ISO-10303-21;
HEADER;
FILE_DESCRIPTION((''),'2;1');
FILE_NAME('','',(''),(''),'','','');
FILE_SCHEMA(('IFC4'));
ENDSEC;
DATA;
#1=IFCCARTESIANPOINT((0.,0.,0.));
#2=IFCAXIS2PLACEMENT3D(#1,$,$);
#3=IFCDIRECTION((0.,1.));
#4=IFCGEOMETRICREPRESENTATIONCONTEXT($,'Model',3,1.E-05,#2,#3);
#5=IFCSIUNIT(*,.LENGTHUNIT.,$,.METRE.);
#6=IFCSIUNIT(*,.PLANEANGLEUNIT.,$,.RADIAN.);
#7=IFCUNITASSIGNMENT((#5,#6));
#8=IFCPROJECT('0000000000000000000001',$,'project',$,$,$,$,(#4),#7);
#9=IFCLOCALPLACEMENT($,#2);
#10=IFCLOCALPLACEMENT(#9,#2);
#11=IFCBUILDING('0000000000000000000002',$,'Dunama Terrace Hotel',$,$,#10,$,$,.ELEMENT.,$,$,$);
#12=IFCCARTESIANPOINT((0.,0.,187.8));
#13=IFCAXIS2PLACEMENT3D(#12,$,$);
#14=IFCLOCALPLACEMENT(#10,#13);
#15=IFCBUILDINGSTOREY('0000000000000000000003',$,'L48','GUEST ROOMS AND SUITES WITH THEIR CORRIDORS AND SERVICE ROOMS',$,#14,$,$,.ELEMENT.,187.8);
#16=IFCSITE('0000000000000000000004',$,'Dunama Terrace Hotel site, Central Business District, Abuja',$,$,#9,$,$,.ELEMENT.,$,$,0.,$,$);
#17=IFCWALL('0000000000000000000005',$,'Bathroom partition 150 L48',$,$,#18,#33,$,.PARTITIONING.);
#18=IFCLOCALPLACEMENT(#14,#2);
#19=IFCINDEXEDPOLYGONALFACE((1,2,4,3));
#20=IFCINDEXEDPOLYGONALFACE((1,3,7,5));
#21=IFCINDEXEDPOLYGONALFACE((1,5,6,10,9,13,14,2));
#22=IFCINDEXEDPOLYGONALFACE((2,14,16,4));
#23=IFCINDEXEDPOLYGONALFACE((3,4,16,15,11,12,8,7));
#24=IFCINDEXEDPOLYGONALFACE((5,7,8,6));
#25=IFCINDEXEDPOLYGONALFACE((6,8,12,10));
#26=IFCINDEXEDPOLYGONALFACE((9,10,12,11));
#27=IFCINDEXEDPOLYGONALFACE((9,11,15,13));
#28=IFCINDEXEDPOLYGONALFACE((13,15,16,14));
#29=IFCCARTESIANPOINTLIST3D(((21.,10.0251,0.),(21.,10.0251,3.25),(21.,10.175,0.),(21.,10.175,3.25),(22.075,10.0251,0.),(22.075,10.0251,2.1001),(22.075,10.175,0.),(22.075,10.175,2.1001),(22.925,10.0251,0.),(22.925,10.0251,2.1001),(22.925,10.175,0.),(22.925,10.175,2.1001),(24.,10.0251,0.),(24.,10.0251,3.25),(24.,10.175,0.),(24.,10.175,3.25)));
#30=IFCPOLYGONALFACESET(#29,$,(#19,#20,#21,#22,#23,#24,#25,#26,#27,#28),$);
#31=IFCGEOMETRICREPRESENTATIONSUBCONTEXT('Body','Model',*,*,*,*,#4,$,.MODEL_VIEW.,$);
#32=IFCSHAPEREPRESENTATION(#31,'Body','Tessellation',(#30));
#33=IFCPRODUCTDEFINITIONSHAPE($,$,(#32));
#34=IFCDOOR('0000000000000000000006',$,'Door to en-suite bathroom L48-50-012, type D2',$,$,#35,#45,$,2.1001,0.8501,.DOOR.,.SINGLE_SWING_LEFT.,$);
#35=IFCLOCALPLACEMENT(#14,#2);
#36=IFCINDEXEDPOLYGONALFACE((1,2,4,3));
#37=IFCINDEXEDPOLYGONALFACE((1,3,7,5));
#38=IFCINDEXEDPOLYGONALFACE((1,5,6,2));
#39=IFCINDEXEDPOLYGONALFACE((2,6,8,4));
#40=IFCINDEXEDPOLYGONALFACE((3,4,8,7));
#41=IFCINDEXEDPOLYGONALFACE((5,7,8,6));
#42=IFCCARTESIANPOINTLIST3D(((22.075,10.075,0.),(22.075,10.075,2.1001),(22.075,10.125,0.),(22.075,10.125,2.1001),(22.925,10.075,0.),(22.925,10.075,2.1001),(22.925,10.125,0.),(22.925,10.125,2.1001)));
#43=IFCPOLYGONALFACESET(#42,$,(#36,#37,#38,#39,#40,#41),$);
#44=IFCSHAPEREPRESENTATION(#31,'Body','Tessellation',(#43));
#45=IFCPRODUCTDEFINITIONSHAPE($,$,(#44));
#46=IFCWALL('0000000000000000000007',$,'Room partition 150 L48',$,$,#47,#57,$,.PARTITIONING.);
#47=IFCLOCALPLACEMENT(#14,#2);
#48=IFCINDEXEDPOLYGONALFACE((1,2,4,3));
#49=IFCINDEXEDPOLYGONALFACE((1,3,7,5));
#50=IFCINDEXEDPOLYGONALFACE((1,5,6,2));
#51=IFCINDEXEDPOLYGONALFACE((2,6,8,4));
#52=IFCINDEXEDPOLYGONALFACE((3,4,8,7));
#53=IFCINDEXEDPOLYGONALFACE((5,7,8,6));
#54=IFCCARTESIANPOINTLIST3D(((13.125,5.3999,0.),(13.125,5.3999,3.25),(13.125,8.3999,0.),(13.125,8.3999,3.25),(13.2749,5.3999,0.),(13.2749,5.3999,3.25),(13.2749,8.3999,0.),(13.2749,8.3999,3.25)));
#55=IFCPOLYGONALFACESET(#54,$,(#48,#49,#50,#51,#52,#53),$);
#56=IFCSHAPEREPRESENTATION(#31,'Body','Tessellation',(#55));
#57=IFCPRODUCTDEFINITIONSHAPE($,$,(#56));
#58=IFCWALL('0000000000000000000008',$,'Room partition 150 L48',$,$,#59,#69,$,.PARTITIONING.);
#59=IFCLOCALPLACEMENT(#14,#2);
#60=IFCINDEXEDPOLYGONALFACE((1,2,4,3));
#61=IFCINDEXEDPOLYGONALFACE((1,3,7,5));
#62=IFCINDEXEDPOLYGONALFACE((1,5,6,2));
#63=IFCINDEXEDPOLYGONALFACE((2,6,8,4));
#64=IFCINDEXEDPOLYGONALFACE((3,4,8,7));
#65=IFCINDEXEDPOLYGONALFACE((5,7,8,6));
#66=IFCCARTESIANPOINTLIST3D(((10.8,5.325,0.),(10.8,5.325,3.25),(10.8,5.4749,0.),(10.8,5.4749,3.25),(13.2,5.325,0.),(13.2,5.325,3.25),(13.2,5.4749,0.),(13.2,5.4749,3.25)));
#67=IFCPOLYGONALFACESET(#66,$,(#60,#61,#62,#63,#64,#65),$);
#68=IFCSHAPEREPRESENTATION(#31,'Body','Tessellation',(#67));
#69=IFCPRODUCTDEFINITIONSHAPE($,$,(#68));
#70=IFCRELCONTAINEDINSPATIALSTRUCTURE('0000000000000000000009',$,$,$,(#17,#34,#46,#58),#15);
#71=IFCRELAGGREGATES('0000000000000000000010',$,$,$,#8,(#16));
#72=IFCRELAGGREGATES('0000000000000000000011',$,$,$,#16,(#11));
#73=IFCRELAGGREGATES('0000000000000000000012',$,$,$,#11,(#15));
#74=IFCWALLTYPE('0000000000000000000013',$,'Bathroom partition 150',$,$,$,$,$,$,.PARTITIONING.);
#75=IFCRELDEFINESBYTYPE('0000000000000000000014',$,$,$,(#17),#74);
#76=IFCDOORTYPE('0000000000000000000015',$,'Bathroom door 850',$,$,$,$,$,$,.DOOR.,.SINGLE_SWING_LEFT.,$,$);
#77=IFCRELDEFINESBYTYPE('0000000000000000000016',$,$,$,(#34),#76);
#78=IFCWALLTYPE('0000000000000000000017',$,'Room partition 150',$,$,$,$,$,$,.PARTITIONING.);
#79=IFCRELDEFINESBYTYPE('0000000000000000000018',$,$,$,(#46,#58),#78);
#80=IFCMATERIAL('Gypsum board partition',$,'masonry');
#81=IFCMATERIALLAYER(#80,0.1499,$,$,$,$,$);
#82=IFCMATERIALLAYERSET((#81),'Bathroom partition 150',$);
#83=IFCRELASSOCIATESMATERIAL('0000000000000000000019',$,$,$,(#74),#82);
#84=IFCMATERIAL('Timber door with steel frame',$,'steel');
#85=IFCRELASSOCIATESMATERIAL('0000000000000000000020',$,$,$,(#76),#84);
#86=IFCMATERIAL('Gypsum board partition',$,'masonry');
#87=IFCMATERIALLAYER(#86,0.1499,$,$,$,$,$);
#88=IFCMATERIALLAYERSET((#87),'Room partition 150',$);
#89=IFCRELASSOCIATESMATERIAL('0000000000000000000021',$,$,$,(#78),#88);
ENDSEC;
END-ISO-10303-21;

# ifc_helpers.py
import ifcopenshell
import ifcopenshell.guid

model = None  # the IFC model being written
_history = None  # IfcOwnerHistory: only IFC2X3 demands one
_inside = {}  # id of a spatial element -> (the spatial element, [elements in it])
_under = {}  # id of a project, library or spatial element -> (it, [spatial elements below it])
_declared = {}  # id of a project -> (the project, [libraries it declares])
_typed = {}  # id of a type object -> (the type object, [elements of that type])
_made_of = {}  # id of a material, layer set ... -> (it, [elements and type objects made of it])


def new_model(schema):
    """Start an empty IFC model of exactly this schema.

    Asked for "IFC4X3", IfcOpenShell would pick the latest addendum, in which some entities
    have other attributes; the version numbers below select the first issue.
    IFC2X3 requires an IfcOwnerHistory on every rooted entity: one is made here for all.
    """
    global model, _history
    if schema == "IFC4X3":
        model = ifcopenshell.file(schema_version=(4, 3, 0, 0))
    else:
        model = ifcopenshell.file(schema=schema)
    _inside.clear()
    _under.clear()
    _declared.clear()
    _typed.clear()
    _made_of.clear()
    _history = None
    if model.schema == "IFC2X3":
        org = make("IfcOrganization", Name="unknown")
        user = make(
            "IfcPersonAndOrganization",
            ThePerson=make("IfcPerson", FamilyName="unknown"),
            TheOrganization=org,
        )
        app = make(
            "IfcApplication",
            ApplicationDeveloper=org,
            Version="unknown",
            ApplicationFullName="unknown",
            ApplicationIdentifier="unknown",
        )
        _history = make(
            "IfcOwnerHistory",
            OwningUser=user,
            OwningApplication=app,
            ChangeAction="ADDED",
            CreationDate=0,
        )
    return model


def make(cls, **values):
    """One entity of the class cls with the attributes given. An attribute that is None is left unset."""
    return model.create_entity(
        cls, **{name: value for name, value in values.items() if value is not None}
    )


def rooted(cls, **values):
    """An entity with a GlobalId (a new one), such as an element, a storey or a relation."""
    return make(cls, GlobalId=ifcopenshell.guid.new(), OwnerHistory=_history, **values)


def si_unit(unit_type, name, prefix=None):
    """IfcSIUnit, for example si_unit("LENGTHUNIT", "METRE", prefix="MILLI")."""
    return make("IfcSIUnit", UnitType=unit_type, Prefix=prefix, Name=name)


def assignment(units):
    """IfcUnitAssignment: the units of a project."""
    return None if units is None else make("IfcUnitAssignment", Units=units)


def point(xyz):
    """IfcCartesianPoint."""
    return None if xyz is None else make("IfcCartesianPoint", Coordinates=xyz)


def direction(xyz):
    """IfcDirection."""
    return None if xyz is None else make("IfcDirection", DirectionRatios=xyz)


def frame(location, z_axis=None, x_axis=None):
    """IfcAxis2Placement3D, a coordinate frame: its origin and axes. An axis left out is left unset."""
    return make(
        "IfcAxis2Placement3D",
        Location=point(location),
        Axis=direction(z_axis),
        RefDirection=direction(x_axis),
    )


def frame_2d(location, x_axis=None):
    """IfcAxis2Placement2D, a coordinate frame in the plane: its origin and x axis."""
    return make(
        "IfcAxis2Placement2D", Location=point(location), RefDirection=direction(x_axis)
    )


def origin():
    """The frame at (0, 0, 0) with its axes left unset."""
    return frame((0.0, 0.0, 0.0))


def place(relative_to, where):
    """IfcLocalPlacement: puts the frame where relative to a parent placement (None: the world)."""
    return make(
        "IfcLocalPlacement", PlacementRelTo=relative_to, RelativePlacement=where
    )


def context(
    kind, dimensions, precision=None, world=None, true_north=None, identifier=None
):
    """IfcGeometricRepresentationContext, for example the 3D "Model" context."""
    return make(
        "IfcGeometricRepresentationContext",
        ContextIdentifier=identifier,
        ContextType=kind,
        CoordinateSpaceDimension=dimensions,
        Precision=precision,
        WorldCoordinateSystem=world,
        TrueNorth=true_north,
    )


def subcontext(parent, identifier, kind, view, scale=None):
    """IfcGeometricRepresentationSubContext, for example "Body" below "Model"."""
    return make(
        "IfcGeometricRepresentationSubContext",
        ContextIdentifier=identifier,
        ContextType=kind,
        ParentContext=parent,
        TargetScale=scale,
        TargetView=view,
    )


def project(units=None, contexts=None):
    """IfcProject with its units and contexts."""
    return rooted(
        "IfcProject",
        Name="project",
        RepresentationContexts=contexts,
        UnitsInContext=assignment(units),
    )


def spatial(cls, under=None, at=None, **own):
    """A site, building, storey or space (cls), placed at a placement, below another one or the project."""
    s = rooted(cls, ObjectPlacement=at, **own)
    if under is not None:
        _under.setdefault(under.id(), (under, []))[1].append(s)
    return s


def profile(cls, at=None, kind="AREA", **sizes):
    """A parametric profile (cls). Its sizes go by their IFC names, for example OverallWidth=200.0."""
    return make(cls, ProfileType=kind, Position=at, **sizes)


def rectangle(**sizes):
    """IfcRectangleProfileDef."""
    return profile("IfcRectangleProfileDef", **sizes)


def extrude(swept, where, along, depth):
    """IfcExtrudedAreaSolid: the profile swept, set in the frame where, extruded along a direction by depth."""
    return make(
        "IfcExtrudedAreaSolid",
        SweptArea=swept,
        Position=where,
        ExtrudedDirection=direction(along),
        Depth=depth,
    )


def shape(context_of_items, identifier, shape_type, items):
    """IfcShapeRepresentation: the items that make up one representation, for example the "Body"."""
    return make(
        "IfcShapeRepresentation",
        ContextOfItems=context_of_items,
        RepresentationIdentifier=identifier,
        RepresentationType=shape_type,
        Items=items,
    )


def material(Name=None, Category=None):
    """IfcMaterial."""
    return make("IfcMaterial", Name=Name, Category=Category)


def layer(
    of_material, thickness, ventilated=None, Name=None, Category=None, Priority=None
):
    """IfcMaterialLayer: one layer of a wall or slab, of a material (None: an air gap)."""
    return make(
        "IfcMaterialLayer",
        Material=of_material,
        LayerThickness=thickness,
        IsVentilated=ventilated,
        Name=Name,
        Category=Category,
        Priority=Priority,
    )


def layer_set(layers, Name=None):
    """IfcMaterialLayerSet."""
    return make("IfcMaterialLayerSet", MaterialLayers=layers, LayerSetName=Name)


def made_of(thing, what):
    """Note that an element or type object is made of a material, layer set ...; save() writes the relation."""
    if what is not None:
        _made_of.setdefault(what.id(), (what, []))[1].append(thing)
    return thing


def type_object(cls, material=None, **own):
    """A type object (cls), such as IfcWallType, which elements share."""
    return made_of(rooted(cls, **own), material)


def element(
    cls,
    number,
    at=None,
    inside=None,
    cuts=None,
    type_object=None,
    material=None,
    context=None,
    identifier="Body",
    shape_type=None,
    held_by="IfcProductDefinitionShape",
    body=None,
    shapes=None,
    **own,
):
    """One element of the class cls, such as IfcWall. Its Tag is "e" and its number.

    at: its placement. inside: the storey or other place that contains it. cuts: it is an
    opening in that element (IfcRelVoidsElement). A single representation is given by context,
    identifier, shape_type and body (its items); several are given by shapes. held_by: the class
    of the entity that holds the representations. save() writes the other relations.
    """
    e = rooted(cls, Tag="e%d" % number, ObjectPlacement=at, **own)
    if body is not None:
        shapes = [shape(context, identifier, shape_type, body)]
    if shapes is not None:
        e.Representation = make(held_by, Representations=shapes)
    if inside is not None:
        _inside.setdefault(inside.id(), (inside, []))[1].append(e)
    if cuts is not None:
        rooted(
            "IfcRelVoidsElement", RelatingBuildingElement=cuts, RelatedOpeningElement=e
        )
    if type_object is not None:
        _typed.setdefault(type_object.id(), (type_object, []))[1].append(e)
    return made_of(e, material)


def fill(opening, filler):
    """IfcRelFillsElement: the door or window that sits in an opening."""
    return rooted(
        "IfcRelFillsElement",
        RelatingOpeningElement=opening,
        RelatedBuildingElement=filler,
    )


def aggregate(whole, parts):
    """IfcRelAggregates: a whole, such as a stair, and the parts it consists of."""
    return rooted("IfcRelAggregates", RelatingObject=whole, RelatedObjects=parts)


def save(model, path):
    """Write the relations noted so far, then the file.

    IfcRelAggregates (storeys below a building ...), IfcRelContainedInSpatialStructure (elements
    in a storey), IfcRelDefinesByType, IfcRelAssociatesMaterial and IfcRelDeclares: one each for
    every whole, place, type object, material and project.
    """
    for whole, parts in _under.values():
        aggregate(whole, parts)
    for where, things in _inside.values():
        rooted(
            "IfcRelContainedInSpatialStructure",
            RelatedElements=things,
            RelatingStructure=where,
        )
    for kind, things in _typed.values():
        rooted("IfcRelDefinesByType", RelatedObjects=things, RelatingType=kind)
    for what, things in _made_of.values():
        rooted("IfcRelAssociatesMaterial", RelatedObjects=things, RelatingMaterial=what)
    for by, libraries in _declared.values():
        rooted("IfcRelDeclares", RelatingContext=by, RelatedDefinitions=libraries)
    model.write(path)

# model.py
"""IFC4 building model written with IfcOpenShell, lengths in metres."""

from ifc_helpers import new_model, si_unit, direction, frame, frame_2d, origin, place, context, subcontext, project, spatial, rectangle, extrude, material, layer, layer_set, type_object, element, fill, save


model = new_model("IFC4")

# Units and contexts
model_context = context("Model", 3, precision=1e-05, world=origin(), true_north=direction((0.0, 1.0)))
body_context = subcontext(model_context, "Body", "Model", "MODEL_VIEW")
ifc_project = project(units=[si_unit("LENGTHUNIT", "METRE"), si_unit("PLANEANGLEUNIT", "RADIAN")], contexts=[model_context])

# Site, building, storey
site_placement = place(None, origin())
site = spatial("IfcSite", under=ifc_project, at=site_placement, Name="Dunama Terrace Hotel site, Central Business District, Abuja", CompositionType="ELEMENT", RefElevation=0.0)
building_placement = place(site_placement, origin())
building = spatial("IfcBuilding", under=site, at=building_placement, Name="Dunama Terrace Hotel", CompositionType="ELEMENT")
storey_placement = place(building_placement, frame((0.0, 0.0, 187.8)))
storey = spatial("IfcBuildingStorey", under=building, at=storey_placement, Name="L48", Description="GUEST ROOMS AND SUITES WITH THEIR CORRIDORS AND SERVICE ROOMS", CompositionType="ELEMENT", Elevation=187.8)

# Shared definitions
ifc_material_1 = material(Name="Gypsum board partition", Category="masonry")
ifc_layer_1 = layer(ifc_material_1, 0.1499)
ifc_layer_set_1 = layer_set([ifc_layer_1], Name="Bathroom partition 150")
wall_type_1 = type_object("IfcWallType", Name="Bathroom partition 150", PredefinedType="PARTITIONING", material=ifc_layer_set_1)
ifc_material_2 = material(Name="Timber door with steel frame", Category="steel")
door_type = type_object("IfcDoorType", Name="Bathroom door 850", OperationType="SINGLE_SWING_LEFT", PredefinedType="DOOR", material=ifc_material_2)

# Wall, opening, door
wall_1_placement = place(storey_placement, frame((21.0, 10.1001, 0.0), z_axis=(0.0, 0.0, 1.0), x_axis=(1.0, 0.0, 0.0)))
wall_1 = element("IfcWall", 1, at=wall_1_placement, inside=storey, type_object=wall_type_1, Name="Bathroom partition 150 L48", PredefinedType="PARTITIONING", context=body_context, shape_type="SweptSolid", body=[
    extrude(rectangle(XDim=3.0, YDim=0.1499, at=frame_2d((1.5, 0.0))), origin(), (0.0, 0.0, 1.0), 3.25),
])
opening_1_placement = place(wall_1_placement, frame((1.075, 0.0, 0.0)))
opening_1 = element("IfcOpeningElement", 2, at=opening_1_placement, cuts=wall_1, PredefinedType="OPENING", context=body_context, shape_type="SweptSolid", body=[
    extrude(rectangle(XDim=0.8501, YDim=2.1001, at=frame_2d((0.425, 1.05))), frame((0.0, 0.085, 0.0), z_axis=(0.0, -1.0, 0.0), x_axis=(1.0, 0.0, 0.0)), (0.0, 0.0, 1.0), 0.1699),
])
door_1_placement = place(opening_1_placement, origin())
door_1 = element("IfcDoor", 3, at=door_1_placement, inside=storey, type_object=door_type, Name="Door to en-suite bathroom L48-50-012, type D2", OperationType="SINGLE_SWING_LEFT", OverallHeight=2.1001, OverallWidth=0.8501, PredefinedType="DOOR", context=body_context, shape_type="SweptSolid", body=[
    extrude(rectangle(XDim=0.8501, YDim=2.1001, at=frame_2d((0.425, 1.05))), frame((0.0, 0.0249, 0.0), z_axis=(0.0, -1.0, 0.0), x_axis=(1.0, 0.0, 0.0)), (0.0, 0.0, 1.0), 0.05),
])
fill(opening_1, door_1)

# Walls
ifc_material_3 = material(Name="Gypsum board partition", Category="masonry")
ifc_layer_2 = layer(ifc_material_3, 0.1499)
ifc_layer_set_2 = layer_set([ifc_layer_2], Name="Room partition 150")
wall_type_2 = type_object("IfcWallType", Name="Room partition 150", PredefinedType="PARTITIONING", material=ifc_layer_set_2)
wall_2_placement = place(storey_placement, frame((13.2, 5.3999, 0.0), z_axis=(0.0, 0.0, 1.0), x_axis=(0.0, 1.0, 0.0)))
element("IfcWall", 4, at=wall_2_placement, inside=storey, type_object=wall_type_2, Name="Room partition 150 L48", PredefinedType="PARTITIONING", context=body_context, shape_type="SweptSolid", body=[
    extrude(rectangle(XDim=3.0, YDim=0.1499, at=frame_2d((1.5, 0.0))), origin(), (0.0, 0.0, 1.0), 3.25),
])
wall_3_placement = place(storey_placement, frame((10.8, 5.3999, 0.0), z_axis=(0.0, 0.0, 1.0), x_axis=(1.0, 0.0, 0.0)))
element("IfcWall", 5, at=wall_3_placement, inside=storey, type_object=wall_type_2, Name="Room partition 150 L48", PredefinedType="PARTITIONING", context=body_context, shape_type="SweptSolid", body=[
    extrude(rectangle(XDim=2.3999, YDim=0.1499, at=frame_2d((1.2, 0.0))), origin(), (0.0, 0.0, 1.0), 3.25),
])

save(model, "model.ifc")
